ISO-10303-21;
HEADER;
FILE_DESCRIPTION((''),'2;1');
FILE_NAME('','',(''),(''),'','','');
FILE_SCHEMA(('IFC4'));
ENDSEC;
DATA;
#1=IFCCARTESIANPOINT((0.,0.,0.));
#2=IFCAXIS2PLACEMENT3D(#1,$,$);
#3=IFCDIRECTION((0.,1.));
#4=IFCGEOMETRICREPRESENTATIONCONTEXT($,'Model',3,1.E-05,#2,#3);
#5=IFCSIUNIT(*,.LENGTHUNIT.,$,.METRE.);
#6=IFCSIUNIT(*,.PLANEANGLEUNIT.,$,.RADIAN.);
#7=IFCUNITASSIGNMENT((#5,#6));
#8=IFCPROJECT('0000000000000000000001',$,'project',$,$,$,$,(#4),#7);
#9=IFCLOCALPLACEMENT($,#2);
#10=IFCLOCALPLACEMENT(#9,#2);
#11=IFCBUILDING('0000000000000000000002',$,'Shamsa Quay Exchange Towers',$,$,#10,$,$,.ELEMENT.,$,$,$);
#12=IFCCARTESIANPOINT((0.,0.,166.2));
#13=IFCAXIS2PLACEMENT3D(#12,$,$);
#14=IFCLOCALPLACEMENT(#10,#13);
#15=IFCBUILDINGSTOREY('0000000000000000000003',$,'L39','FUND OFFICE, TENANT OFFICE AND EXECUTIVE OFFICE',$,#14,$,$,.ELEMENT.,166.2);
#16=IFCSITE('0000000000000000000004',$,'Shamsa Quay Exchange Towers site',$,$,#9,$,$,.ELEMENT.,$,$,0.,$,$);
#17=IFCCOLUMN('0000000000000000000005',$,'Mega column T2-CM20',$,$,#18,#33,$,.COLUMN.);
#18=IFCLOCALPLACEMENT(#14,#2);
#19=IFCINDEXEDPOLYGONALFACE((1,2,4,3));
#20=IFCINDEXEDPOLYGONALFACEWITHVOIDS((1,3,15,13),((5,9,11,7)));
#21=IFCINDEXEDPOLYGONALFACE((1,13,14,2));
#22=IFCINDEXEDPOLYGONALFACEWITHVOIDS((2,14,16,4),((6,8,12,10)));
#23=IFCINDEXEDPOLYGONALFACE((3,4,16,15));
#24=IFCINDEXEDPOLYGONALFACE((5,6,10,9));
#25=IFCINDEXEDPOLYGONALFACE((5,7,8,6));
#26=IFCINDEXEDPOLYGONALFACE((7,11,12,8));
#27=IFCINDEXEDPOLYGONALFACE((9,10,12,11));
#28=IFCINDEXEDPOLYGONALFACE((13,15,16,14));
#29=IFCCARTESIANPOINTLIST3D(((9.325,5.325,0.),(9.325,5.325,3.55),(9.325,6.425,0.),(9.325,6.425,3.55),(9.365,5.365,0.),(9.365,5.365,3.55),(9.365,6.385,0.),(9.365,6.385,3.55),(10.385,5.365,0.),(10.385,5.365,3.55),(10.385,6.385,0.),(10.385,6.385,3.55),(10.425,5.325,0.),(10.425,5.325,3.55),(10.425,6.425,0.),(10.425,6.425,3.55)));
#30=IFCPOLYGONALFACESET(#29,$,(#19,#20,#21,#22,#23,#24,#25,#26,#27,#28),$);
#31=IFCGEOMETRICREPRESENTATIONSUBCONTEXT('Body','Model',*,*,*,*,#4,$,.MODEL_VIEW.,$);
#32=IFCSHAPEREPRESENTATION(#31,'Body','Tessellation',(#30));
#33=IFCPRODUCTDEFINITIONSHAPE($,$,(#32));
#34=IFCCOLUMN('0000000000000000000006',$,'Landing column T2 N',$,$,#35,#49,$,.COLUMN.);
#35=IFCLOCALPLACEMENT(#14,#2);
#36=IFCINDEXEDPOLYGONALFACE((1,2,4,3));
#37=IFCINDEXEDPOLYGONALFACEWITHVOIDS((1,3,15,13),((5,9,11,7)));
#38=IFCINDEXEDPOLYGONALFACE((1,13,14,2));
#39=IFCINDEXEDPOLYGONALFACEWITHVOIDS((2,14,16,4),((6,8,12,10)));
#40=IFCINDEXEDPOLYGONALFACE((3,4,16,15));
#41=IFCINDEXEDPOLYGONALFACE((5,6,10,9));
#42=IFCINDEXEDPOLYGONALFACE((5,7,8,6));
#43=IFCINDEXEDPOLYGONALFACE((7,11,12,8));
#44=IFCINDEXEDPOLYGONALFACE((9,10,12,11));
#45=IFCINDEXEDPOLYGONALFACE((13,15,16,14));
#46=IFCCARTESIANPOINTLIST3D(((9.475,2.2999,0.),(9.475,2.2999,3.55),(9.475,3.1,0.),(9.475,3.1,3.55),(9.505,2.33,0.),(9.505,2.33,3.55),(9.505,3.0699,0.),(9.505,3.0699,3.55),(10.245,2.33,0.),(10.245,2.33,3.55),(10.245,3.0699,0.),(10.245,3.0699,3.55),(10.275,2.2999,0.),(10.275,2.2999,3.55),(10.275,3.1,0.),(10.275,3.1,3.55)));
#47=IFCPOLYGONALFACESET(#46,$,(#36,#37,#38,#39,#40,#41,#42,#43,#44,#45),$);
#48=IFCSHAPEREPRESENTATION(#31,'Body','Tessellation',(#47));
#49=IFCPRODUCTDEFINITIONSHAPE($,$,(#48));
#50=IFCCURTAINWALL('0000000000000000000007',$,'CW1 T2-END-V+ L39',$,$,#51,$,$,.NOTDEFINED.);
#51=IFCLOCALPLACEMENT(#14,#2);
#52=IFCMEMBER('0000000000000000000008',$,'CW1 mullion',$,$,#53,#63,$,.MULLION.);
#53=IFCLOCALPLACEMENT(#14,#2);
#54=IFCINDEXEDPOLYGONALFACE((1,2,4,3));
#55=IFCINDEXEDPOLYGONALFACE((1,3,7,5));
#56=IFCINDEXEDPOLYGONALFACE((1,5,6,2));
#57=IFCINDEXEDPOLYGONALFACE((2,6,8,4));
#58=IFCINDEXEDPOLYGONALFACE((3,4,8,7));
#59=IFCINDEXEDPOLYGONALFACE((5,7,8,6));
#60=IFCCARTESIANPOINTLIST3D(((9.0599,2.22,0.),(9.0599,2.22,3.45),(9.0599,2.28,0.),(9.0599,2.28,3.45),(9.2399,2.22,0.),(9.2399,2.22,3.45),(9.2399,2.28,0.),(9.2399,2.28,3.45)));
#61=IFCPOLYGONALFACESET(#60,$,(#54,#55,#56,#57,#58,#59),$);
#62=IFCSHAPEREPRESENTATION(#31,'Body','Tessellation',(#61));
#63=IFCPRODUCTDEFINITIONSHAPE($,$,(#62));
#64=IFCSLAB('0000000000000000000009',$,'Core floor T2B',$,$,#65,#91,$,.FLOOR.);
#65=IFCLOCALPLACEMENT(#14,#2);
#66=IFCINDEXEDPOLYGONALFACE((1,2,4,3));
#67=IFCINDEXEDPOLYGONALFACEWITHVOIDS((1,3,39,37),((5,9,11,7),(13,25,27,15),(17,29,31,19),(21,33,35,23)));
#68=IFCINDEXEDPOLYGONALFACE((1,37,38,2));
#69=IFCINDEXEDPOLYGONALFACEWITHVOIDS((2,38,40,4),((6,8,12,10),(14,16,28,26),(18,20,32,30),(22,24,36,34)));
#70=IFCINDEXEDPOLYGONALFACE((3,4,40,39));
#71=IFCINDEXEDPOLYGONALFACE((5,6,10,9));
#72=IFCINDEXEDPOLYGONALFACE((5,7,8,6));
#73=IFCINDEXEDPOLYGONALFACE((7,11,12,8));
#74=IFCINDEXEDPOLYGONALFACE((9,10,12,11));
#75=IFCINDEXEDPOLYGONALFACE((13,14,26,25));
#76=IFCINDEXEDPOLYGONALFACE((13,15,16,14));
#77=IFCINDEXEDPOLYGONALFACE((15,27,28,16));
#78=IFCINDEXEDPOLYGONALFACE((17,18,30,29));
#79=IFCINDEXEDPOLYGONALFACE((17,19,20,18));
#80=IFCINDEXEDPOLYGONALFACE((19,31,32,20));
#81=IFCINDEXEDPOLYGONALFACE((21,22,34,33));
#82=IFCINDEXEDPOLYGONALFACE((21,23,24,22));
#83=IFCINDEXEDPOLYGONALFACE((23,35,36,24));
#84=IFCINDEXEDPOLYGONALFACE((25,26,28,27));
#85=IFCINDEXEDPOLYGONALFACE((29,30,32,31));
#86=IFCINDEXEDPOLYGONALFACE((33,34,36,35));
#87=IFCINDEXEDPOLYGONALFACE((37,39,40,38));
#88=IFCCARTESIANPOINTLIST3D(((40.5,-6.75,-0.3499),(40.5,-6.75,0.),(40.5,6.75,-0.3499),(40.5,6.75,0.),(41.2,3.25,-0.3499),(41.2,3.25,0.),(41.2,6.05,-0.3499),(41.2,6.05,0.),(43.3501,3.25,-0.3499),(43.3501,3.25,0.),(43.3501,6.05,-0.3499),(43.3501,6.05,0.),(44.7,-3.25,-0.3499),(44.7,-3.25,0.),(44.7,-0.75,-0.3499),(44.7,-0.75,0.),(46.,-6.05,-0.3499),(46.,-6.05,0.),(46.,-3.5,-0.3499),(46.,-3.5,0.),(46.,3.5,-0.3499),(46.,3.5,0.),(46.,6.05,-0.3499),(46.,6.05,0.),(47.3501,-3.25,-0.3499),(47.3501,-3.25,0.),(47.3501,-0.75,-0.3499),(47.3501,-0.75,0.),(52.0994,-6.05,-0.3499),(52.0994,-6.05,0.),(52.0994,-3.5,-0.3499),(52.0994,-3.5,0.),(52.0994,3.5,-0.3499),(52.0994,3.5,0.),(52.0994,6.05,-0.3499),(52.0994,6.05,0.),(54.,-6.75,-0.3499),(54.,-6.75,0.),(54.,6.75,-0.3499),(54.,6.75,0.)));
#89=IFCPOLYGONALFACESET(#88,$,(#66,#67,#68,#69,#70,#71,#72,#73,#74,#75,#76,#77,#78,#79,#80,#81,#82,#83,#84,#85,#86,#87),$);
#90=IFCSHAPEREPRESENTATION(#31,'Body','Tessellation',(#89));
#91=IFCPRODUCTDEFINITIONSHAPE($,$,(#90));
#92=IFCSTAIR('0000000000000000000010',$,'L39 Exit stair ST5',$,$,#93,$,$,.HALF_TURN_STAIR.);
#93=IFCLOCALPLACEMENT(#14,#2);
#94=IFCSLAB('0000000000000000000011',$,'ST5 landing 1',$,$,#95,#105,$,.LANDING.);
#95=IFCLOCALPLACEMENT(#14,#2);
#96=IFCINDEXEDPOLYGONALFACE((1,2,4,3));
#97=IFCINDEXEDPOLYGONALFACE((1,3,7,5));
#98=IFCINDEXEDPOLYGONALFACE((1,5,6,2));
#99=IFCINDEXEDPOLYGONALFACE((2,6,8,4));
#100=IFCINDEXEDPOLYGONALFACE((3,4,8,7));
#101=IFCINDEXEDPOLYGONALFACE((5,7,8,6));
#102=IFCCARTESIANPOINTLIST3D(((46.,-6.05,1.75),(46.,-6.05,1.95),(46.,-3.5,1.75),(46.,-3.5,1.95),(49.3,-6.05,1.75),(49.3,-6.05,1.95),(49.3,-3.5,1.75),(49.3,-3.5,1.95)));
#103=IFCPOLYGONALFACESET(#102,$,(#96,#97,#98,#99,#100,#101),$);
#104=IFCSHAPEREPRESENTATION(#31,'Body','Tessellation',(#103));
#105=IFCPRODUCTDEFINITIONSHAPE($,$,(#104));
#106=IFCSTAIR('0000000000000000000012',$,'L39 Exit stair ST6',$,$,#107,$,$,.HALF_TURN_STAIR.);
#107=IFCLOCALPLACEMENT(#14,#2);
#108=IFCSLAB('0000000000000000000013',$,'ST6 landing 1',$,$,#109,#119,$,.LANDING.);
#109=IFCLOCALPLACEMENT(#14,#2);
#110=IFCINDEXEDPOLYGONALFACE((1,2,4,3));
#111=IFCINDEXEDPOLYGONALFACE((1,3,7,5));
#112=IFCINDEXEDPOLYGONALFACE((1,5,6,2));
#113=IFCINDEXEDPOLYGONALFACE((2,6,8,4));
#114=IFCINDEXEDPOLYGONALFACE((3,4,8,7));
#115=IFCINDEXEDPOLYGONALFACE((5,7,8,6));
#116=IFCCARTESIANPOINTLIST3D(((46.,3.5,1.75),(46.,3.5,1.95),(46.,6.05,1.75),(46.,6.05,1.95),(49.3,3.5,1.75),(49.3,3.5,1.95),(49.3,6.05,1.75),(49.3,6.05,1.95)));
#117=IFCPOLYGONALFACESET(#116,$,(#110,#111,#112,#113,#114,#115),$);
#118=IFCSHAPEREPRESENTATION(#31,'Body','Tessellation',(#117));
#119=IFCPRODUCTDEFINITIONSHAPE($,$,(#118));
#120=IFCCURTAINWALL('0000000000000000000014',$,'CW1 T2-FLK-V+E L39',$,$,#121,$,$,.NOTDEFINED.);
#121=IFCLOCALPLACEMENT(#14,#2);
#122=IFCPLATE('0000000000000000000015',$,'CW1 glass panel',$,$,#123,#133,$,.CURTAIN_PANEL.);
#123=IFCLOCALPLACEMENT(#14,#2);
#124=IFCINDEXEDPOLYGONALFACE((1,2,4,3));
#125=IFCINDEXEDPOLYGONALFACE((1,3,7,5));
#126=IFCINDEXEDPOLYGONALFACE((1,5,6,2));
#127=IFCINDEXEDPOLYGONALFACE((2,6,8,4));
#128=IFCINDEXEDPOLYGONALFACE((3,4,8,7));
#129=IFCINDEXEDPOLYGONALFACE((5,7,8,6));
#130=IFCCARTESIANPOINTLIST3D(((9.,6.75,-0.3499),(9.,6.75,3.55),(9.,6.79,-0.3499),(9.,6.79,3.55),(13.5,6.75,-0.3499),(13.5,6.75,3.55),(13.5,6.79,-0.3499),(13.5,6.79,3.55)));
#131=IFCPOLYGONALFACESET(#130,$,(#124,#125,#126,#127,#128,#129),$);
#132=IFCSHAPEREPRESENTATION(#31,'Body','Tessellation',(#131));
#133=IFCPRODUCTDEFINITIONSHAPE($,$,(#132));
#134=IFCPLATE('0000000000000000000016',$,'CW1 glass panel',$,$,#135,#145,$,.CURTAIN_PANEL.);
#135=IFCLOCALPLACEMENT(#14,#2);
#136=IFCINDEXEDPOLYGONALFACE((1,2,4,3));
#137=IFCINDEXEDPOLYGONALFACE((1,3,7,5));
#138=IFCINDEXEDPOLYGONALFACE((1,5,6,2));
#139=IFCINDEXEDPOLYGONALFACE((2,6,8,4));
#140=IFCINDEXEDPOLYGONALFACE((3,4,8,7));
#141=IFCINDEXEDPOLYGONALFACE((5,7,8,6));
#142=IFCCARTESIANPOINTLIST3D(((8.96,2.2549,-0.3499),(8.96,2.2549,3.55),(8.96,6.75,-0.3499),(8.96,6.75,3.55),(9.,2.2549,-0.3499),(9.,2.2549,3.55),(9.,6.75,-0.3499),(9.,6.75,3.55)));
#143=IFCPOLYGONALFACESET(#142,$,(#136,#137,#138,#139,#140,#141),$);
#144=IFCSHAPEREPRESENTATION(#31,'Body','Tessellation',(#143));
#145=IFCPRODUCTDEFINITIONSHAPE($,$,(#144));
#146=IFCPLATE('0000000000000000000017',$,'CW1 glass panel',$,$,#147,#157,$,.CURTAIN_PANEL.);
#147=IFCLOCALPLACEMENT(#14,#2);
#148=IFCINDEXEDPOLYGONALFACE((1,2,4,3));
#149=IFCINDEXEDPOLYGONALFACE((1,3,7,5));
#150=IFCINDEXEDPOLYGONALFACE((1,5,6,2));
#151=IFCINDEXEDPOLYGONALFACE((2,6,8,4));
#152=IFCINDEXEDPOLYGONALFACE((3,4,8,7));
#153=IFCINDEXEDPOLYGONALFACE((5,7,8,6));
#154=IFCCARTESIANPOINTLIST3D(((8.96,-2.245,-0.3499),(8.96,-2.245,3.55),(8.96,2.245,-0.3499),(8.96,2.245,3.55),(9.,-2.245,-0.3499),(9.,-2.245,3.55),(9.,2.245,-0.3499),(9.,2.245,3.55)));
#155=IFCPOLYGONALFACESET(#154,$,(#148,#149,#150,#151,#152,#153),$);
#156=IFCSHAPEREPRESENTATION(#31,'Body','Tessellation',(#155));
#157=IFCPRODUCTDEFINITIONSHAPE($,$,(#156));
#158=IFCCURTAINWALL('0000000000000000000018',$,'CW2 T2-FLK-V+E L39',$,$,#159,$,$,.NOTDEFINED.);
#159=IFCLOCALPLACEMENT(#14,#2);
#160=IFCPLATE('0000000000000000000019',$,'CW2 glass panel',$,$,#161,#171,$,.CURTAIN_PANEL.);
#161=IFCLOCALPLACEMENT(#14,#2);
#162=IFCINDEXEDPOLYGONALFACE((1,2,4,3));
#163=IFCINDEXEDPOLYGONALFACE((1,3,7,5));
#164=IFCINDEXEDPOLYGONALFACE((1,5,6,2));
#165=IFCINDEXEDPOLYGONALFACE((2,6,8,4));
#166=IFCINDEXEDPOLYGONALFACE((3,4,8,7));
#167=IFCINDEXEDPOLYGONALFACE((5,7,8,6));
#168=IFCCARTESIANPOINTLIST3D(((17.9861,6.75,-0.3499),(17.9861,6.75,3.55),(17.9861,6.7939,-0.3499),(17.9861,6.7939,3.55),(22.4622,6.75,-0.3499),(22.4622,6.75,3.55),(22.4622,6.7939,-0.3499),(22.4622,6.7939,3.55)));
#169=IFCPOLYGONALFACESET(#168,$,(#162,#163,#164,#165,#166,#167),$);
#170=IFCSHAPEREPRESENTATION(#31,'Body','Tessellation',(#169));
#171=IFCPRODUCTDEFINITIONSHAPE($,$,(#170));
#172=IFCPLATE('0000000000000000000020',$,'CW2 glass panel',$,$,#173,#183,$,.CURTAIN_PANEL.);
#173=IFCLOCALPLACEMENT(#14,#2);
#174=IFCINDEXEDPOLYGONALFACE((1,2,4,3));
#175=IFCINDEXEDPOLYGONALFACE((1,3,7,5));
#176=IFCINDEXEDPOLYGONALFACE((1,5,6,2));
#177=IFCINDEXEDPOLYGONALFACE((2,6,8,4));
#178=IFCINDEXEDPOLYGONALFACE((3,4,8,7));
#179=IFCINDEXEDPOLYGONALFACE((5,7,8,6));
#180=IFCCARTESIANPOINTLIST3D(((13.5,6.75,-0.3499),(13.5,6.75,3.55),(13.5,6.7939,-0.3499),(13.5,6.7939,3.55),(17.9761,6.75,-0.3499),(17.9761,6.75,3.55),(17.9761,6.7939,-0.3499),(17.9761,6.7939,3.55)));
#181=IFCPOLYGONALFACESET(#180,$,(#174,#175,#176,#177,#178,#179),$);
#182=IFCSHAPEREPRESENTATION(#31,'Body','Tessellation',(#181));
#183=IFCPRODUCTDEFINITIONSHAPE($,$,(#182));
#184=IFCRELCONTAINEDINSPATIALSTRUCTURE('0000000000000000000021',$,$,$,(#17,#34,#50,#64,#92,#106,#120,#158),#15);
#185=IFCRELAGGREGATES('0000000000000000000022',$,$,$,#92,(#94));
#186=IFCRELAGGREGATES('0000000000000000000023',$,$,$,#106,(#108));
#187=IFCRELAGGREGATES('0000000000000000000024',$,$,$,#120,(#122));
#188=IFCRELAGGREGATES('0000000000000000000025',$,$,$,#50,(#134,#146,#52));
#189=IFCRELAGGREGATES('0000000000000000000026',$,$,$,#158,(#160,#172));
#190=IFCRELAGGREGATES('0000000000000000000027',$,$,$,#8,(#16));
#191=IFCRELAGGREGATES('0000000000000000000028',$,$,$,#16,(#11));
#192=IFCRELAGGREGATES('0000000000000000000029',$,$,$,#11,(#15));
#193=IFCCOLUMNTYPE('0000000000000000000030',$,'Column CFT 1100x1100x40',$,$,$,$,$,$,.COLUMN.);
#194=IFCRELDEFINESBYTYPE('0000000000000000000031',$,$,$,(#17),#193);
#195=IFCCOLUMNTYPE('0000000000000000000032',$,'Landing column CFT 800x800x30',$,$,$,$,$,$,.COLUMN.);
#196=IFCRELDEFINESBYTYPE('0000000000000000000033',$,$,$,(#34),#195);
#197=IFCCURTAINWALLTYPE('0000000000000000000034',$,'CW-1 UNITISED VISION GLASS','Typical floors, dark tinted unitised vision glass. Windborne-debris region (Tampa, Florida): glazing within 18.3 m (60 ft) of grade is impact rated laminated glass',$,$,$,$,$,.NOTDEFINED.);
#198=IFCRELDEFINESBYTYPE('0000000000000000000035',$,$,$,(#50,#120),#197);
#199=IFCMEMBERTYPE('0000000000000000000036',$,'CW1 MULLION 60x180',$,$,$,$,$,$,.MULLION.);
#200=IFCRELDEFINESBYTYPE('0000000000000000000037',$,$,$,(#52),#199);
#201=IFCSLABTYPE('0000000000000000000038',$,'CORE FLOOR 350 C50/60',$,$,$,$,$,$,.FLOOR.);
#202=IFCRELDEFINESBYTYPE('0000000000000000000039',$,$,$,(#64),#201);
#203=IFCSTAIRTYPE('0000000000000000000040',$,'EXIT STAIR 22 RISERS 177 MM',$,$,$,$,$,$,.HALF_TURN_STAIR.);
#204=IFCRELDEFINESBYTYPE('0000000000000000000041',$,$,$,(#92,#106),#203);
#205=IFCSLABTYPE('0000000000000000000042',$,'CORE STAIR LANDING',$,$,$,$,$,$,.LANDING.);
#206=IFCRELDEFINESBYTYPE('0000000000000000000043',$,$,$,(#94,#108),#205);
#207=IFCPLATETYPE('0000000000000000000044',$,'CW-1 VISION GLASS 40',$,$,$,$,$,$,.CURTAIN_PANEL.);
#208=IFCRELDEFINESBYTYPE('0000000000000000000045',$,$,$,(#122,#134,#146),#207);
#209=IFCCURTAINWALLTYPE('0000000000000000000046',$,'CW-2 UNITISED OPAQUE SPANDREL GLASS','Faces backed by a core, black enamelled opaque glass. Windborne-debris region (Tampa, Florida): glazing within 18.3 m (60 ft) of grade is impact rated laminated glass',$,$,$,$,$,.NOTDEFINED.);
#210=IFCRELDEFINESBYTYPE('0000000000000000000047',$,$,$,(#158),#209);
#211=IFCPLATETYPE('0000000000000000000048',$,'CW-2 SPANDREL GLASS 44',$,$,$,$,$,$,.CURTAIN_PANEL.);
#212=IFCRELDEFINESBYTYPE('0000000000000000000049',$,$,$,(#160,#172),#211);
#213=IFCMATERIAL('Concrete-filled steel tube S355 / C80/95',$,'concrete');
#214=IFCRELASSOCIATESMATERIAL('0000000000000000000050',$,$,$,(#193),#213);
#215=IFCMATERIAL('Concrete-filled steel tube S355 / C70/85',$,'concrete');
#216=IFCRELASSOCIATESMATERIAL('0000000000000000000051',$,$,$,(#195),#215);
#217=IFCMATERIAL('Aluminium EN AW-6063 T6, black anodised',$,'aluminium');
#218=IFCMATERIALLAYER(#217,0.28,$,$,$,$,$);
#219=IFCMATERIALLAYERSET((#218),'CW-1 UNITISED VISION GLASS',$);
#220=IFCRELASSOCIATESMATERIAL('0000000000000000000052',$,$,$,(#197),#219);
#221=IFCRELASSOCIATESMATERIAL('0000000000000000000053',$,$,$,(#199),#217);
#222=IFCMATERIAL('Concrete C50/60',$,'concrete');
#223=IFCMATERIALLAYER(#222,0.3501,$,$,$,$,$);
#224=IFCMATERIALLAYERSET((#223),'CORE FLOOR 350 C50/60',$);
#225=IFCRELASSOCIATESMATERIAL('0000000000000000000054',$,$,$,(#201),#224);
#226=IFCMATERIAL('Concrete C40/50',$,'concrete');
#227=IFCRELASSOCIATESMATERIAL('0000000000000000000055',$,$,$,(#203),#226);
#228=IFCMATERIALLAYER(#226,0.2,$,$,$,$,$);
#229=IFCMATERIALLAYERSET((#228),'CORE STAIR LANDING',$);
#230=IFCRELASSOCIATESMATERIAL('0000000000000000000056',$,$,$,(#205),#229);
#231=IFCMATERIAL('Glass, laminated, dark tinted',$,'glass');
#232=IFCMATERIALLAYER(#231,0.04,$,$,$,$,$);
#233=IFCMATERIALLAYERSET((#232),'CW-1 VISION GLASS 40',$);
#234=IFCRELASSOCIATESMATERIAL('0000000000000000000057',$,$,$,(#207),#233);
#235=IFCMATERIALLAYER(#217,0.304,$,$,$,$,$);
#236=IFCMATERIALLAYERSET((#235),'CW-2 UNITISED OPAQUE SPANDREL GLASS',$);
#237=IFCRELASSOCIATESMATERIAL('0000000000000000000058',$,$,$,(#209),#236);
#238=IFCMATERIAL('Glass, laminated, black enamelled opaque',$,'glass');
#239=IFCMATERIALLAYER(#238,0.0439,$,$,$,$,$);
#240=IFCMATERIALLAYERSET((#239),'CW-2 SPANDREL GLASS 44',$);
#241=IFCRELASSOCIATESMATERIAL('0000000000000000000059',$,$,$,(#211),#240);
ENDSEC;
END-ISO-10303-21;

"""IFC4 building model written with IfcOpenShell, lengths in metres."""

from ifc_helpers import new_model, si_unit, direction, frame, origin, origin_2d, place, context, subcontext, project, spatial, polyline, rectangle, hollow_rectangle, outline, extrude, material, layer, layer_set, material_profile, profile_set, type_object, element, aggregate, save


model = new_model("IFC4")

# Units and contexts
model_context = context("Model", 3, precision=1e-05, world=origin(), true_north=direction((0.0, 1.0)))
body_context = subcontext(model_context, "Body", "Model", "MODEL_VIEW")
ifc_project = project(units=[si_unit("LENGTHUNIT", "METRE"), si_unit("PLANEANGLEUNIT", "RADIAN")], contexts=[model_context])

# Site, building, storey
site_placement = place(None, origin())
site = spatial("IfcSite", under=ifc_project, at=site_placement, Name="Shamsa Quay Exchange Towers site", CompositionType="ELEMENT", RefElevation=0.0)
building_placement = place(site_placement, origin())
building = spatial("IfcBuilding", under=site, at=building_placement, Name="Shamsa Quay Exchange Towers", CompositionType="ELEMENT")
storey_placement = place(building_placement, frame((0.0, 0.0, 166.2)))
storey = spatial("IfcBuildingStorey", under=building, at=storey_placement, Name="L39", Description="FUND OFFICE, TENANT OFFICE AND EXECUTIVE OFFICE", CompositionType="ELEMENT", Elevation=166.2)

# Columns
ifc_material_1 = material(Name="Concrete-filled steel tube S355 / C80/95", Category="concrete")
ifc_material_profile_1 = material_profile(ifc_material_1, hollow_rectangle(XDim=1.1001, YDim=1.1001, WallThickness=0.04, at=origin_2d()), Name="CFT 1100x1100x40")
ifc_profile_set_1 = profile_set([ifc_material_profile_1], Name="Concrete-filled steel tube S355 / C80/95")
column_type_1 = type_object("IfcColumnType", Name="Column CFT 1100x1100x40", PredefinedType="COLUMN", material=ifc_profile_set_1)
column_1_placement = place(storey_placement, frame((9.875, 5.875, 0.0)))
element("IfcColumn", 1, at=column_1_placement, inside=storey, type_object=column_type_1, Name="Mega column T2-CM20", PredefinedType="COLUMN", context=body_context, shape_type="SweptSolid", body=[
    extrude(hollow_rectangle(XDim=1.1001, YDim=1.1001, WallThickness=0.04, at=origin_2d()), origin(), (0.0, 0.0, 1.0), 3.55),
])
ifc_material_2 = material(Name="Concrete-filled steel tube S355 / C70/85", Category="concrete")
ifc_material_profile_2 = material_profile(ifc_material_2, hollow_rectangle(XDim=0.8, YDim=0.8, WallThickness=0.03, at=origin_2d()), Name="CFT 800x800x30")
ifc_profile_set_2 = profile_set([ifc_material_profile_2], Name="Concrete-filled steel tube S355 / C70/85")
column_type_2 = type_object("IfcColumnType", Name="Landing column CFT 800x800x30", PredefinedType="COLUMN", material=ifc_profile_set_2)
column_2_placement = place(storey_placement, frame((9.875, 2.7, 0.0)))
element("IfcColumn", 2, at=column_2_placement, inside=storey, type_object=column_type_2, Name="Landing column T2 N", PredefinedType="COLUMN", context=body_context, shape_type="SweptSolid", body=[
    extrude(hollow_rectangle(XDim=0.8, YDim=0.8, WallThickness=0.03, at=origin_2d()), origin(), (0.0, 0.0, 1.0), 3.55),
])

# Curtain wall, member
ifc_material_3 = material(Name="Aluminium EN AW-6063 T6, black anodised", Category="aluminium")
ifc_layer_1 = layer(ifc_material_3, 0.28)
ifc_layer_set_1 = layer_set([ifc_layer_1], Name="CW-1 UNITISED VISION GLASS")
curtain_wall_type_1 = type_object("IfcCurtainWallType", Name="CW-1 UNITISED VISION GLASS", Description="Typical floors, dark tinted unitised vision glass. Windborne-debris region (Tampa, Florida): glazing within 18.3 m (60 ft) of grade is impact rated laminated glass", PredefinedType="NOTDEFINED", material=ifc_layer_set_1)
curtain_wall_1_placement = place(storey_placement, origin())
curtain_wall_1 = element("IfcCurtainWall", 3, at=curtain_wall_1_placement, inside=storey, type_object=curtain_wall_type_1, Name="CW1 T2-END-V+ L39", PredefinedType="NOTDEFINED")
ifc_material_profile_3 = material_profile(ifc_material_3, rectangle(XDim=0.1799, YDim=0.0601, at=origin_2d()), Name="MU60x180")
ifc_profile_set_3 = profile_set([ifc_material_profile_3], Name="Aluminium EN AW-6063 T6, black anodised")
member_type = type_object("IfcMemberType", Name="CW1 MULLION 60x180", PredefinedType="MULLION", material=ifc_profile_set_3)
member_placement = place(storey_placement, frame((9.1499, 2.25, 0.0)))
member = element("IfcMember", 4, at=member_placement, type_object=member_type, Name="CW1 mullion", PredefinedType="MULLION", context=body_context, shape_type="SweptSolid", body=[
    extrude(rectangle(XDim=0.1799, YDim=0.0601, at=origin_2d()), origin(), (0.0, 0.0, 1.0), 3.45),
])

# Slab
ifc_material_4 = material(Name="Concrete C50/60", Category="concrete")
ifc_layer_2 = layer(ifc_material_4, 0.3501)
ifc_layer_set_2 = layer_set([ifc_layer_2], Name="CORE FLOOR 350 C50/60")
slab_type_1 = type_object("IfcSlabType", Name="CORE FLOOR 350 C50/60", PredefinedType="FLOOR", material=ifc_layer_set_2)
slab_1_placement = place(storey_placement, frame((0.0, 0.0, -0.3499)))
element("IfcSlab", 5, at=slab_1_placement, inside=storey, type_object=slab_type_1, Name="Core floor T2B", PredefinedType="FLOOR", context=body_context, shape_type="SweptSolid", body=[
    extrude(outline(polyline([(54.0, -6.75), (54.0, 6.75), (40.5, 6.75), (40.5, -6.75), (54.0, -6.75)]), holes=[polyline([(52.0994, -3.5), (52.0994, -6.05), (46.0, -6.05), (46.0, -3.5), (52.0994, -3.5)]), polyline([(52.0994, 6.05), (52.0994, 3.5), (46.0, 3.5), (46.0, 6.05), (52.0994, 6.05)]), polyline([(43.3501, 3.25), (41.2, 3.25), (41.2, 6.05), (43.3501, 6.05), (43.3501, 3.25)]), polyline([(47.3501, -3.25), (44.7, -3.25), (44.7, -0.75), (47.3501, -0.75), (47.3501, -3.25)])]), origin(), (0.0, 0.0, 1.0), 0.3499),
])

# Stairs, slabs
ifc_material_5 = material(Name="Concrete C40/50", Category="concrete")
stair_type = type_object("IfcStairType", Name="EXIT STAIR 22 RISERS 177 MM", PredefinedType="HALF_TURN_STAIR", material=ifc_material_5)
stair_1_placement = place(storey_placement, origin())
stair_1 = element("IfcStair", 6, at=stair_1_placement, inside=storey, type_object=stair_type, Name="L39 Exit stair ST5", PredefinedType="HALF_TURN_STAIR")
ifc_layer_3 = layer(ifc_material_5, 0.2)
ifc_layer_set_3 = layer_set([ifc_layer_3], Name="CORE STAIR LANDING")
slab_type_2 = type_object("IfcSlabType", Name="CORE STAIR LANDING", PredefinedType="LANDING", material=ifc_layer_set_3)
slab_2_placement = place(storey_placement, frame((0.0, 0.0, 1.75)))
slab_2 = element("IfcSlab", 7, at=slab_2_placement, type_object=slab_type_2, Name="ST5 landing 1", PredefinedType="LANDING", context=body_context, shape_type="SweptSolid", body=[
    extrude(outline(polyline([(49.3, -3.5), (46.0, -3.5), (46.0, -6.05), (49.3, -6.05), (49.3, -3.5)])), origin(), (0.0, 0.0, 1.0), 0.2),
])
aggregate(stair_1, [slab_2])
stair_2_placement = place(storey_placement, origin())
stair_2 = element("IfcStair", 8, at=stair_2_placement, inside=storey, type_object=stair_type, Name="L39 Exit stair ST6", PredefinedType="HALF_TURN_STAIR")
slab_3_placement = place(storey_placement, frame((0.0, 0.0, 1.75)))
slab_3 = element("IfcSlab", 9, at=slab_3_placement, type_object=slab_type_2, Name="ST6 landing 1", PredefinedType="LANDING", context=body_context, shape_type="SweptSolid", body=[
    extrude(outline(polyline([(49.3, 6.05), (46.0, 6.05), (46.0, 3.5), (49.3, 3.5), (49.3, 6.05)])), origin(), (0.0, 0.0, 1.0), 0.2),
])
aggregate(stair_2, [slab_3])

# Curtain wall, plate
curtain_wall_2_placement = place(storey_placement, origin())
curtain_wall_2 = element("IfcCurtainWall", 10, at=curtain_wall_2_placement, inside=storey, type_object=curtain_wall_type_1, Name="CW1 T2-FLK-V+E L39", PredefinedType="NOTDEFINED")
ifc_material_6 = material(Name="Glass, laminated, dark tinted", Category="glass")
ifc_layer_4 = layer(ifc_material_6, 0.04)
ifc_layer_set_4 = layer_set([ifc_layer_4], Name="CW-1 VISION GLASS 40")
plate_type_1 = type_object("IfcPlateType", Name="CW-1 VISION GLASS 40", PredefinedType="CURTAIN_PANEL", material=ifc_layer_set_4)
plate_1_placement = place(storey_placement, frame((11.25, 6.77, -0.3499), z_axis=(0.0, 0.0, 1.0), x_axis=(-1.0, 0.0, 0.0)))
plate_1 = element("IfcPlate", 11, at=plate_1_placement, type_object=plate_type_1, Name="CW1 glass panel", PredefinedType="CURTAIN_PANEL", context=body_context, shape_type="SweptSolid", body=[
    extrude(rectangle(XDim=4.5, YDim=0.04, at=origin_2d()), origin(), (0.0, 0.0, 1.0), 3.8999),
])
aggregate(curtain_wall_2, [plate_1])

# Plates
plate_2_placement = place(storey_placement, frame((8.98, 4.5024, -0.3499), z_axis=(0.0, 0.0, 1.0), x_axis=(0.0, -1.0, 0.0)))
plate_2 = element("IfcPlate", 12, at=plate_2_placement, type_object=plate_type_1, Name="CW1 glass panel", PredefinedType="CURTAIN_PANEL", context=body_context, shape_type="SweptSolid", body=[
    extrude(rectangle(XDim=4.4951, YDim=0.04, at=origin_2d()), origin(), (0.0, 0.0, 1.0), 3.8999),
])
plate_3_placement = place(storey_placement, frame((8.98, 0.0, -0.3499), z_axis=(0.0, 0.0, 1.0), x_axis=(0.0, -1.0, 0.0)))
plate_3 = element("IfcPlate", 13, at=plate_3_placement, type_object=plate_type_1, Name="CW1 glass panel", PredefinedType="CURTAIN_PANEL", context=body_context, shape_type="SweptSolid", body=[
    extrude(rectangle(XDim=4.49, YDim=0.04, at=origin_2d()), origin(), (0.0, 0.0, 1.0), 3.8999),
])
aggregate(curtain_wall_1, [plate_2, plate_3, member])

# Curtain wall, plates
ifc_layer_5 = layer(ifc_material_3, 0.304)
ifc_layer_set_5 = layer_set([ifc_layer_5], Name="CW-2 UNITISED OPAQUE SPANDREL GLASS")
curtain_wall_type_2 = type_object("IfcCurtainWallType", Name="CW-2 UNITISED OPAQUE SPANDREL GLASS", Description="Faces backed by a core, black enamelled opaque glass. Windborne-debris region (Tampa, Florida): glazing within 18.3 m (60 ft) of grade is impact rated laminated glass", PredefinedType="NOTDEFINED", material=ifc_layer_set_5)
curtain_wall_3_placement = place(storey_placement, origin())
curtain_wall_3 = element("IfcCurtainWall", 14, at=curtain_wall_3_placement, inside=storey, type_object=curtain_wall_type_2, Name="CW2 T2-FLK-V+E L39", PredefinedType="NOTDEFINED")
ifc_material_7 = material(Name="Glass, laminated, black enamelled opaque", Category="glass")
ifc_layer_6 = layer(ifc_material_7, 0.0439)
ifc_layer_set_6 = layer_set([ifc_layer_6], Name="CW-2 SPANDREL GLASS 44")
plate_type_2 = type_object("IfcPlateType", Name="CW-2 SPANDREL GLASS 44", PredefinedType="CURTAIN_PANEL", material=ifc_layer_set_6)
plate_4_placement = place(storey_placement, frame((20.2241, 6.772, -0.3499), z_axis=(0.0, 0.0, 1.0), x_axis=(-1.0, 0.0, 0.0)))
plate_4 = element("IfcPlate", 15, at=plate_4_placement, type_object=plate_type_2, Name="CW2 glass panel", PredefinedType="CURTAIN_PANEL", context=body_context, shape_type="SweptSolid", body=[
    extrude(rectangle(XDim=4.4761, YDim=0.0439, at=origin_2d()), origin(), (0.0, 0.0, 1.0), 3.8999),
])
plate_5_placement = place(storey_placement, frame((15.738, 6.772, -0.3499), z_axis=(0.0, 0.0, 1.0), x_axis=(-1.0, 0.0, 0.0)))
plate_5 = element("IfcPlate", 16, at=plate_5_placement, type_object=plate_type_2, Name="CW2 glass panel", PredefinedType="CURTAIN_PANEL", context=body_context, shape_type="SweptSolid", body=[
    extrude(rectangle(XDim=4.4761, YDim=0.0439, at=origin_2d()), origin(), (0.0, 0.0, 1.0), 3.8999),
])
aggregate(curtain_wall_3, [plate_4, plate_5])

save(model, "model.ifc")
